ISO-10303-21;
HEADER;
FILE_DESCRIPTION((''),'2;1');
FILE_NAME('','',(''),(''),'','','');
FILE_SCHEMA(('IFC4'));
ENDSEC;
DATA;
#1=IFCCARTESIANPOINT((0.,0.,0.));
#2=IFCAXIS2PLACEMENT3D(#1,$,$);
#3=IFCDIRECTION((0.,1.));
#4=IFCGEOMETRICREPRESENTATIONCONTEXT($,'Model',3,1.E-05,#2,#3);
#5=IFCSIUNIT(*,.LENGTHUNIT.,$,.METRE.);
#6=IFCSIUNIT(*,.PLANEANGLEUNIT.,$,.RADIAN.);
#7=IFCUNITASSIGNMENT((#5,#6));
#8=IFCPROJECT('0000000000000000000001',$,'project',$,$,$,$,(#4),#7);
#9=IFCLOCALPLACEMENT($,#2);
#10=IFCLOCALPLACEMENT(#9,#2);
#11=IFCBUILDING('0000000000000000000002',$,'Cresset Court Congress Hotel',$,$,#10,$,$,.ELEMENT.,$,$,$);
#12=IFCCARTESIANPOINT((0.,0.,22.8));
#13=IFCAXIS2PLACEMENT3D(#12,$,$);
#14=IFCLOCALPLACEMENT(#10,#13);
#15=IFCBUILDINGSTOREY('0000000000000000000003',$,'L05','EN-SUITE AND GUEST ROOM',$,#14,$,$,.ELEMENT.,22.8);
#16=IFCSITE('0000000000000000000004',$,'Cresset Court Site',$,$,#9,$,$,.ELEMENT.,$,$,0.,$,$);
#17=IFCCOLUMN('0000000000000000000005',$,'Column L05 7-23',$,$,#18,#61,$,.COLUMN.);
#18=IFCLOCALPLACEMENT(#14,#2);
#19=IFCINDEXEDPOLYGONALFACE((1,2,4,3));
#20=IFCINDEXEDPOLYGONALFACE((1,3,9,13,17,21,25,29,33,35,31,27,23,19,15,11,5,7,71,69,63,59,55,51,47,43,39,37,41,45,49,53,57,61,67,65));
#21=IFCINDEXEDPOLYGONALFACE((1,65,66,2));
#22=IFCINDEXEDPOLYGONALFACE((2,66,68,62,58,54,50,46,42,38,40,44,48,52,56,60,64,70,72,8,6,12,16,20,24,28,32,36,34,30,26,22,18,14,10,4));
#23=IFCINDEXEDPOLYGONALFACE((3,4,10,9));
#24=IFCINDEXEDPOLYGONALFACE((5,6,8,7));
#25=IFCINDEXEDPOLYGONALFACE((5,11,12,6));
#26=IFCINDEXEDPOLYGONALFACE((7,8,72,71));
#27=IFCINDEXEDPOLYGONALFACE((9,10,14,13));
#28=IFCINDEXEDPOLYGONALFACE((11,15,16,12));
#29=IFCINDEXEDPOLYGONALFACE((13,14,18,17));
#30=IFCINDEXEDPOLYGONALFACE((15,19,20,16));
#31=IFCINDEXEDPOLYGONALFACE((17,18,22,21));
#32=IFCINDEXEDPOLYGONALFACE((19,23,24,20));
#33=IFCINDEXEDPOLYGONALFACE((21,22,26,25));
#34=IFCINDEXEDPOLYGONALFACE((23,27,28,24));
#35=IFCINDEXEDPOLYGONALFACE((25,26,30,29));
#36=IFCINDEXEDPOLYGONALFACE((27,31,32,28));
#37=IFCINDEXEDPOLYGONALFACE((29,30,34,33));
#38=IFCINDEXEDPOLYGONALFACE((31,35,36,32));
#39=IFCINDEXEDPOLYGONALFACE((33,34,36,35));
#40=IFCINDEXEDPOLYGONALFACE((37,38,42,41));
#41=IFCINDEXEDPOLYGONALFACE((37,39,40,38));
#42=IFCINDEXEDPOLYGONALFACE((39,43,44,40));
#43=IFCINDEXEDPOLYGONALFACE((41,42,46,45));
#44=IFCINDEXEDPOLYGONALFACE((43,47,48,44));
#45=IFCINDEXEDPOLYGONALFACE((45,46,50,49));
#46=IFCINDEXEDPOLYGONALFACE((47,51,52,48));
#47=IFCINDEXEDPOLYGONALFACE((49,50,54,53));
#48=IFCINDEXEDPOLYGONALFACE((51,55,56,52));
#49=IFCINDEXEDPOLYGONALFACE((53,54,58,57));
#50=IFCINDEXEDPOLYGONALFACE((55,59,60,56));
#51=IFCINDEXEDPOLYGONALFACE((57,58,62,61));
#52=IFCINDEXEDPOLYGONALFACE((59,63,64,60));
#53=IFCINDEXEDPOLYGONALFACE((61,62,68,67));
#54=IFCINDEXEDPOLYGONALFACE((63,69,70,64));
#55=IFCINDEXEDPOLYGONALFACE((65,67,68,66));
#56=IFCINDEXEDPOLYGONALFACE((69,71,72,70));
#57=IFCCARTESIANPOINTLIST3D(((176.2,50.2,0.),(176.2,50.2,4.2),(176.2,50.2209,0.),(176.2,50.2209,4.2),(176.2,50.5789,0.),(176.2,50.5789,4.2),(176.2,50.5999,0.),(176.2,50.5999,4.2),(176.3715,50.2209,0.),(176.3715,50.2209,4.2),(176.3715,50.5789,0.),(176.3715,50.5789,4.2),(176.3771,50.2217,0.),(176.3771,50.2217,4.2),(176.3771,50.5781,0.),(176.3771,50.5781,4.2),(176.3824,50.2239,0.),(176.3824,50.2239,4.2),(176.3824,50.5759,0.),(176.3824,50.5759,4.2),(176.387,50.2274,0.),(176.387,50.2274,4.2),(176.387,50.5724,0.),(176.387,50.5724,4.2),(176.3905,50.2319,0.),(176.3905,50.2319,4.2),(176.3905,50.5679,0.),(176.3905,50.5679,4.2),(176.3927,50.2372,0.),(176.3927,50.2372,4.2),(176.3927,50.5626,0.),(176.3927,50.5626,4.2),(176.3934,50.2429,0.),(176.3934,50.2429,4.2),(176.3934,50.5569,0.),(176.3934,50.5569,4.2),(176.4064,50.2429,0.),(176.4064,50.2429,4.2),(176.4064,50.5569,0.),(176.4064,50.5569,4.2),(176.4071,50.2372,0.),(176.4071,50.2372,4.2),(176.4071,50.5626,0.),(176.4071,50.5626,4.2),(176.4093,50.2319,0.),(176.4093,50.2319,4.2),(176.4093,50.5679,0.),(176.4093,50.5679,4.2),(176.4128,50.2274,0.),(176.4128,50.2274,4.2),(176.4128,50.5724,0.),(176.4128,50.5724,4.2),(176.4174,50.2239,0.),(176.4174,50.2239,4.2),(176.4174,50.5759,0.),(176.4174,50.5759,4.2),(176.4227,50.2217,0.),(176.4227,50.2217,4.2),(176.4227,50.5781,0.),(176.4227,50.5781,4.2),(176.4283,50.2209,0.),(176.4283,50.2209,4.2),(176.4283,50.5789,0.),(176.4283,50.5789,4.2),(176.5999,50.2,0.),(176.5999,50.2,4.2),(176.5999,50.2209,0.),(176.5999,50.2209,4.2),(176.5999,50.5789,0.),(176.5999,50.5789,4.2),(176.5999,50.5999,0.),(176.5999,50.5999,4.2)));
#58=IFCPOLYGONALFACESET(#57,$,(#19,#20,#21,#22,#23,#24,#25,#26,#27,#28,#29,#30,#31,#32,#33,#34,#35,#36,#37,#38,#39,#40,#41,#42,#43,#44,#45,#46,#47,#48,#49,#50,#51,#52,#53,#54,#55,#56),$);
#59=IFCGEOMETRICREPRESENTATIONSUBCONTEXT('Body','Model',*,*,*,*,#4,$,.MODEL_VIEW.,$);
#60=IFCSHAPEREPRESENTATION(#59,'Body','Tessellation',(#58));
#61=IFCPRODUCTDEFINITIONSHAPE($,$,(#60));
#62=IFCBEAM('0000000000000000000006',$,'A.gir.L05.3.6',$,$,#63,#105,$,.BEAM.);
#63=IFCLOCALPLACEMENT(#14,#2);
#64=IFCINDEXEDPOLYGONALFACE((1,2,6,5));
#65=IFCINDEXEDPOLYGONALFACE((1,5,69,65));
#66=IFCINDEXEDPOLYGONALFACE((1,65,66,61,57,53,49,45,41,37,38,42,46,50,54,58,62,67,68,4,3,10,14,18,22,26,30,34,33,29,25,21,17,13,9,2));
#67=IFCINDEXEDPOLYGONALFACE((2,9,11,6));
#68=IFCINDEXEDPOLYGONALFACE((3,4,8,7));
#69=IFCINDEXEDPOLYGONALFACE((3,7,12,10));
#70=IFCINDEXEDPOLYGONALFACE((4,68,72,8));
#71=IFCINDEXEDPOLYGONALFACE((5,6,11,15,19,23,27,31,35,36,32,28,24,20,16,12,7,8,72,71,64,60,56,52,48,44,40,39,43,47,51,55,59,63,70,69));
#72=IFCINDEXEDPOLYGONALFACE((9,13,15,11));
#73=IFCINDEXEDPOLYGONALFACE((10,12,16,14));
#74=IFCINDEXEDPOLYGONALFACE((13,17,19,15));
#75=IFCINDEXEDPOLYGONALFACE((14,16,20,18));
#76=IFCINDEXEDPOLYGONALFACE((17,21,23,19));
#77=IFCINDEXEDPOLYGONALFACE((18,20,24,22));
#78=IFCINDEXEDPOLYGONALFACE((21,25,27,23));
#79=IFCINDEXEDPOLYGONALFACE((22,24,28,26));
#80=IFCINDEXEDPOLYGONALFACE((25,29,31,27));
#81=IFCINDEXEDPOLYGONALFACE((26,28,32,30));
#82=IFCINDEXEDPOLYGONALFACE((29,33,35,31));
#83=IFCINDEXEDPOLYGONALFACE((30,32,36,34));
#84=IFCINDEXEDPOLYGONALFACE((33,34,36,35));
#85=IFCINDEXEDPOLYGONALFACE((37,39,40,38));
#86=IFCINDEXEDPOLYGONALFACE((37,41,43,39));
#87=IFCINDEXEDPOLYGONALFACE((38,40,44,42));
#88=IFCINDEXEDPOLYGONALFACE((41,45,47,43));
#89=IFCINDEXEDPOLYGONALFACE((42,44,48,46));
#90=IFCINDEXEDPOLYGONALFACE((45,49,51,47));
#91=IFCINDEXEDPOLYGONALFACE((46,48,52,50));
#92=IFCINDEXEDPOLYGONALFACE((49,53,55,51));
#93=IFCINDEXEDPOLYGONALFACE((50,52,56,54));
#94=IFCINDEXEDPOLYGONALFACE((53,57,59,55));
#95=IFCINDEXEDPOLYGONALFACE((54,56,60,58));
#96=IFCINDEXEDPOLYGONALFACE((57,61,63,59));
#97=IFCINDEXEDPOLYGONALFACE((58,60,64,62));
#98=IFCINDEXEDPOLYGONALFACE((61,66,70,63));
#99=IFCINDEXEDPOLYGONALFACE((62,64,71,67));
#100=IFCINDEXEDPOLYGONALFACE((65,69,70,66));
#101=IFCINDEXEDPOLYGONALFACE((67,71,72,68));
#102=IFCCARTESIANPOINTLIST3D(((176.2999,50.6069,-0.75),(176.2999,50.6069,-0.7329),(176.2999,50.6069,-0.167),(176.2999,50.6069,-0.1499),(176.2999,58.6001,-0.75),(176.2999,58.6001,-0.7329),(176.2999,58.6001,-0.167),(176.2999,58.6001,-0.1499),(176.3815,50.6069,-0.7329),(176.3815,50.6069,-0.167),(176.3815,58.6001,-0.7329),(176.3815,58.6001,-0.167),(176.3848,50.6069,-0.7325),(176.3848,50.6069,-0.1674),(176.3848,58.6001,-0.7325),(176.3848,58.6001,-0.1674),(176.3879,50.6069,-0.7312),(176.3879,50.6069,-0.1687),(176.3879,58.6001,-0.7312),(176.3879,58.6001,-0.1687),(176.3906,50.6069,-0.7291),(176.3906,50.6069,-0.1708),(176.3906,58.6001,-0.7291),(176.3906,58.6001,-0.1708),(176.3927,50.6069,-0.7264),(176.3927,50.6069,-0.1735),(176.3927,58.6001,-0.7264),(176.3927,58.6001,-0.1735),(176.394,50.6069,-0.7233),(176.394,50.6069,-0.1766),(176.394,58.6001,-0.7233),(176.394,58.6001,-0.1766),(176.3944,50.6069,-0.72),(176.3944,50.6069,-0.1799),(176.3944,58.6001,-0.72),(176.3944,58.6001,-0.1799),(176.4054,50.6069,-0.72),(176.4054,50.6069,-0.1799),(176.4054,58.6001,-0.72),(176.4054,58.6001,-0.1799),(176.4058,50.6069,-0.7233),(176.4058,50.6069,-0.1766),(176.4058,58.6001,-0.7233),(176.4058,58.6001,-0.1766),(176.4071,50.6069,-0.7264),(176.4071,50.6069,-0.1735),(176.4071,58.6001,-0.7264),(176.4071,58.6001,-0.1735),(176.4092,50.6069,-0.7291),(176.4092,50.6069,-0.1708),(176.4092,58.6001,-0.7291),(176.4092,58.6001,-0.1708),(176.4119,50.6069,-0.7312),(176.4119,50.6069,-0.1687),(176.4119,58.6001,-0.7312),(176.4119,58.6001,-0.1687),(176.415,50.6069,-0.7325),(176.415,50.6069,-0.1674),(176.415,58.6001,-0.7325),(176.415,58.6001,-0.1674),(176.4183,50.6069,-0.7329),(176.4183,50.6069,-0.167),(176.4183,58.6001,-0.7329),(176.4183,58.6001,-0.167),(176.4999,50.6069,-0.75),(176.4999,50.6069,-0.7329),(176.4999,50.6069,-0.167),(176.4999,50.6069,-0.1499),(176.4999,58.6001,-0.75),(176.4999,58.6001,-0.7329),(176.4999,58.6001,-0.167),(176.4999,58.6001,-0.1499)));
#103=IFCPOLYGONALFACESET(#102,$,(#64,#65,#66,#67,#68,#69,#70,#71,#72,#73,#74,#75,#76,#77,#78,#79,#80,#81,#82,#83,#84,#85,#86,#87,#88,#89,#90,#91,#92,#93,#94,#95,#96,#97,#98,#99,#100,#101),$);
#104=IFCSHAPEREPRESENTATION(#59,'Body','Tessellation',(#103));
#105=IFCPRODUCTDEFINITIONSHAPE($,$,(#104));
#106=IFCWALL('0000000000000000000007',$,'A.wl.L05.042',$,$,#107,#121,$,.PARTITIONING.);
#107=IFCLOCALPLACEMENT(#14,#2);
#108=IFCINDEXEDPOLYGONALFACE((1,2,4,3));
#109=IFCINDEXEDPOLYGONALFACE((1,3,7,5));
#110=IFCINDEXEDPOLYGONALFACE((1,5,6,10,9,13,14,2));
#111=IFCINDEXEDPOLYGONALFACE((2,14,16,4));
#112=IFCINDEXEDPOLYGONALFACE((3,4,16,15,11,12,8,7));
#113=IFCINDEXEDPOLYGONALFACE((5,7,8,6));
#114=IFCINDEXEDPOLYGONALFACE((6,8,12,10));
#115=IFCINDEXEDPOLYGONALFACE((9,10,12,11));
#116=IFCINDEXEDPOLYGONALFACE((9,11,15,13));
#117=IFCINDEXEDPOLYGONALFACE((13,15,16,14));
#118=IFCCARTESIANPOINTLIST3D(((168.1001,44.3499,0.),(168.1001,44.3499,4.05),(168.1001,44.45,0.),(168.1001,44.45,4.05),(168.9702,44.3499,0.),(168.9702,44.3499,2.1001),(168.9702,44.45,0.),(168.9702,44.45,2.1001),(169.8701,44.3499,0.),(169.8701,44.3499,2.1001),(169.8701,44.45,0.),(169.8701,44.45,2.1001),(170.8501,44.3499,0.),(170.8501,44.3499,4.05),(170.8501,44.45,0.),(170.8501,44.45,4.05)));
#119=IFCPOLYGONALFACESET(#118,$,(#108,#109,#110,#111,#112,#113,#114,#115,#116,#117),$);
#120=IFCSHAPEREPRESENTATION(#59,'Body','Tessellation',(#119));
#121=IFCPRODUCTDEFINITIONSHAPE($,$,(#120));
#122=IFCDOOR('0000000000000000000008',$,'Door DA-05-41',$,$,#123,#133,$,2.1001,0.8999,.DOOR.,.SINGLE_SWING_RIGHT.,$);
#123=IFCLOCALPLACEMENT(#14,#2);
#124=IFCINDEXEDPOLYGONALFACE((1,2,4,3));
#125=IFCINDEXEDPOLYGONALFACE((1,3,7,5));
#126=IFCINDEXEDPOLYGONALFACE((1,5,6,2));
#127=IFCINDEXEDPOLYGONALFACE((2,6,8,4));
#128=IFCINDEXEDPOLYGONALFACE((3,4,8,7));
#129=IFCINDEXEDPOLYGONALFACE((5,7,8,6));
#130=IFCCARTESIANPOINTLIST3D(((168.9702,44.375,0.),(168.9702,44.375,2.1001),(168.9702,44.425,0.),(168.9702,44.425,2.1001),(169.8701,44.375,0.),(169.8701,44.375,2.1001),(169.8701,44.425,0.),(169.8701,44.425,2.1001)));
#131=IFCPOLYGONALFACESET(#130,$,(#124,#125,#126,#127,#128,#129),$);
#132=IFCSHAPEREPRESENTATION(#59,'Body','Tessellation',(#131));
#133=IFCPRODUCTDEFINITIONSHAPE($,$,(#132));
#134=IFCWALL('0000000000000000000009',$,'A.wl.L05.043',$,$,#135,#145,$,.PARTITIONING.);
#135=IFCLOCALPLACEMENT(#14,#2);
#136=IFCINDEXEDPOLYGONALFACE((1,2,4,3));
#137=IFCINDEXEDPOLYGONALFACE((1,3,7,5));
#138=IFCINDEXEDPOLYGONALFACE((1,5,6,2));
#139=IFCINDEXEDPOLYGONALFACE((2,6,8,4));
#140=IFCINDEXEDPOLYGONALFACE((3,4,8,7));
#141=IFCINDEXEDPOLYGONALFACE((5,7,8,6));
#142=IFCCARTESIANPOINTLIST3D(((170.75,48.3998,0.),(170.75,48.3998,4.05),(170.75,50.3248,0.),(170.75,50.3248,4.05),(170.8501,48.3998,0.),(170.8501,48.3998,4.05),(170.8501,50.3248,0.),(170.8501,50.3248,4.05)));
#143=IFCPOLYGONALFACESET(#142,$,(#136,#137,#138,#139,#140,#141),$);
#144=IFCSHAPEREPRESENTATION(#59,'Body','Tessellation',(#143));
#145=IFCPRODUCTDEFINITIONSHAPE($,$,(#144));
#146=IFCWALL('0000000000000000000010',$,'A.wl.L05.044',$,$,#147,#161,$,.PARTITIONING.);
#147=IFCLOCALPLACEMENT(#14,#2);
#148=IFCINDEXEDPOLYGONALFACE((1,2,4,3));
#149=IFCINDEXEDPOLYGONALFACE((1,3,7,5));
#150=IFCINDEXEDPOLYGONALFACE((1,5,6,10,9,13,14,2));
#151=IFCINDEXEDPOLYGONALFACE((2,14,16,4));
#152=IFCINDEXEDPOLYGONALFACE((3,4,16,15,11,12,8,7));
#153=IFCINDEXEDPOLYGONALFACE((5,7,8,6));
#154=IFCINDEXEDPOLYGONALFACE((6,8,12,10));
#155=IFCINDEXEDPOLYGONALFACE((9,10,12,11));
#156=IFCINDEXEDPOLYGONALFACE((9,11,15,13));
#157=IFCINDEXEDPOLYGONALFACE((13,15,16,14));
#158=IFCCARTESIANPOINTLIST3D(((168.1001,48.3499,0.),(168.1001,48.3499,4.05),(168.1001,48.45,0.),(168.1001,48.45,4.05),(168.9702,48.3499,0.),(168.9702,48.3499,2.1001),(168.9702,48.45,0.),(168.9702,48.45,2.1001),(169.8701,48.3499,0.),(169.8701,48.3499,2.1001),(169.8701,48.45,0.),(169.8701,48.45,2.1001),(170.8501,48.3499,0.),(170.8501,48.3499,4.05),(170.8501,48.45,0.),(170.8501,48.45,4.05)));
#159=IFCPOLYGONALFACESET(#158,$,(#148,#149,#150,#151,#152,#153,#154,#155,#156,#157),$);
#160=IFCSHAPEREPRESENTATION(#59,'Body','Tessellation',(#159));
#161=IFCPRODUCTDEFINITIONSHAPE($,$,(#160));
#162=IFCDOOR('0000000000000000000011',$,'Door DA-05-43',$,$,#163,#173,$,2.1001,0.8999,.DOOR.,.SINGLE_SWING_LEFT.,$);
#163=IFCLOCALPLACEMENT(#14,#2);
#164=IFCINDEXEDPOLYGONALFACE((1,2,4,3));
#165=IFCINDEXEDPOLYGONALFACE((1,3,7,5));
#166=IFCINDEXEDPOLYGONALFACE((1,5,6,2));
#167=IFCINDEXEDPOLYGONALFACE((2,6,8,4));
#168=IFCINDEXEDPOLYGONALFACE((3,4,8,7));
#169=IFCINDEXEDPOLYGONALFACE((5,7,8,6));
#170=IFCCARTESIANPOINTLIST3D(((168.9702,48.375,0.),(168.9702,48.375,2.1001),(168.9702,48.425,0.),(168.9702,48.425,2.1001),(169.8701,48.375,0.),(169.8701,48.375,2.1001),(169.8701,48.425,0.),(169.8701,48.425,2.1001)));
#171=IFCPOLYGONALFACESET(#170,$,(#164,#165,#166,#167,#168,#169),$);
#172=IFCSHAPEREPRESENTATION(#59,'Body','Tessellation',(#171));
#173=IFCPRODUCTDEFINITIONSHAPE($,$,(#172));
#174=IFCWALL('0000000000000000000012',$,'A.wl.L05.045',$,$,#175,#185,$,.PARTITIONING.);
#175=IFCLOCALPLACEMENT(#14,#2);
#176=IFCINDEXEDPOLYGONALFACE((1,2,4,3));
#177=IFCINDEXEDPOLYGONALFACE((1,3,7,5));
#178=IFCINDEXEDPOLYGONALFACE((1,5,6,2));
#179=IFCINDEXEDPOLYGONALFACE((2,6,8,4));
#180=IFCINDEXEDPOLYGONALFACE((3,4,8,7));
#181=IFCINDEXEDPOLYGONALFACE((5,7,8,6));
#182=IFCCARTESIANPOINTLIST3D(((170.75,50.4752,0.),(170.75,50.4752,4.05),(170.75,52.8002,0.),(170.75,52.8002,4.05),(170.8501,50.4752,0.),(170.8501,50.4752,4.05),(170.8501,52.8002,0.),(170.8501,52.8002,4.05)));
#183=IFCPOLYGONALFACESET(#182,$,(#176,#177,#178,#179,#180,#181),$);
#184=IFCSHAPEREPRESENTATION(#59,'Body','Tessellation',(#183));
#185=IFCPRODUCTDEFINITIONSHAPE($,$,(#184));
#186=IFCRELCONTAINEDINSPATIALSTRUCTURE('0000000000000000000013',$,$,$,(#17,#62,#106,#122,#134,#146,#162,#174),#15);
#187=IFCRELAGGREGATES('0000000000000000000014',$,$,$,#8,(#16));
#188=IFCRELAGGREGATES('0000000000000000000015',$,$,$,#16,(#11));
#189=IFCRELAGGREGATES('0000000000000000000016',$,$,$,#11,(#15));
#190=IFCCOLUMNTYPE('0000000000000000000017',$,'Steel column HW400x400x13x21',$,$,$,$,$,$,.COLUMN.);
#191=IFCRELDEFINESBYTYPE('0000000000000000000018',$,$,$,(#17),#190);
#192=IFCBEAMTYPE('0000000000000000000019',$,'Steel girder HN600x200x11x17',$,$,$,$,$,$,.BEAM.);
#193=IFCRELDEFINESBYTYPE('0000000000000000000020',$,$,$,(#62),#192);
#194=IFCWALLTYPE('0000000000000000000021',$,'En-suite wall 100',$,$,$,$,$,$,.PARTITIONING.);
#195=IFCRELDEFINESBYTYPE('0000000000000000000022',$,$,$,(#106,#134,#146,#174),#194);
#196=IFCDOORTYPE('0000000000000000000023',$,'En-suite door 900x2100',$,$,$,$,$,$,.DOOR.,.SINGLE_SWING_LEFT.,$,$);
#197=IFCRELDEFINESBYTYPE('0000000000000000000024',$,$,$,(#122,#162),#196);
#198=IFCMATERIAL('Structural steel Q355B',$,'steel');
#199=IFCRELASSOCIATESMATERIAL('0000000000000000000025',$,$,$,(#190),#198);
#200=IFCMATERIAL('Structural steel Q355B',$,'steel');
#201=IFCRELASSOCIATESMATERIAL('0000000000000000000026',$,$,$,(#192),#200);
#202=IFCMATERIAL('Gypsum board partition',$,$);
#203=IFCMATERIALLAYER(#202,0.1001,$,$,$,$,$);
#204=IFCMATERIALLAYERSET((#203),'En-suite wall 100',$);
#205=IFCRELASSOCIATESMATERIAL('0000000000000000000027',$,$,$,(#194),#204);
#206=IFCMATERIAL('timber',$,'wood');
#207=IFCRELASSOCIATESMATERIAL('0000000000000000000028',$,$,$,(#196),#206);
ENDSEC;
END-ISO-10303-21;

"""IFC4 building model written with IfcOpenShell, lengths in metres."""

from ifc_helpers import new_model, si_unit, direction, frame, frame_2d, origin, origin_2d, place, context, subcontext, project, spatial, rectangle, i_section, extrude, material, layer, layer_set, material_profile, profile_set, type_object, element, fill, save


model = new_model("IFC4")

# Units and contexts
model_context = context("Model", 3, precision=1e-05, world=origin(), true_north=direction((0.0, 1.0)))
body_context = subcontext(model_context, "Body", "Model", "MODEL_VIEW")
ifc_project = project(units=[si_unit("LENGTHUNIT", "METRE"), si_unit("PLANEANGLEUNIT", "RADIAN")], contexts=[model_context])

# Site, building, storey
site_placement = place(None, origin())
site = spatial("IfcSite", under=ifc_project, at=site_placement, Name="Cresset Court Site", CompositionType="ELEMENT", RefElevation=0.0)
building_placement = place(site_placement, origin())
building = spatial("IfcBuilding", under=site, at=building_placement, Name="Cresset Court Congress Hotel", CompositionType="ELEMENT")
storey_placement = place(building_placement, frame((0.0, 0.0, 22.8)))
storey = spatial("IfcBuildingStorey", under=building, at=storey_placement, Name="L05", Description="EN-SUITE AND GUEST ROOM", CompositionType="ELEMENT", Elevation=22.8)

# Column
ifc_material_1 = material(Name="Structural steel Q355B", Category="steel")
ifc_material_profile_1 = material_profile(ifc_material_1, i_section(OverallWidth=0.3999, OverallDepth=0.3999, WebThickness=0.0129, FlangeThickness=0.021, FilletRadius=0.022, at=origin_2d()), Name="HW400x400x13x21")
ifc_profile_set_1 = profile_set([ifc_material_profile_1], Name="Structural steel Q355B")
column_type = type_object("IfcColumnType", Name="Steel column HW400x400x13x21", PredefinedType="COLUMN", material=ifc_profile_set_1)
column_placement = place(storey_placement, frame((176.3999, 50.3999, 0.0), z_axis=(0.0, 0.0, 1.0), x_axis=(1.0, 0.0, 0.0)))
element("IfcColumn", 1, at=column_placement, inside=storey, type_object=column_type, Name="Column L05 7-23", PredefinedType="COLUMN", context=body_context, shape_type="SweptSolid", body=[
    extrude(i_section(OverallWidth=0.3999, OverallDepth=0.3999, WebThickness=0.0129, FlangeThickness=0.021, FilletRadius=0.022, at=origin_2d()), origin(), (0.0, 0.0, 1.0), 4.2),
])

# Beam
ifc_material_2 = material(Name="Structural steel Q355B", Category="steel")
ifc_material_profile_2 = material_profile(ifc_material_2, i_section(OverallWidth=0.2, OverallDepth=0.6001, WebThickness=0.011, FlangeThickness=0.0171, FilletRadius=0.0129, at=origin_2d()), Name="HN600x200x11x17")
ifc_profile_set_2 = profile_set([ifc_material_profile_2], Name="Structural steel Q355B")
beam_type = type_object("IfcBeamType", Name="Steel girder HN600x200x11x17", PredefinedType="BEAM", material=ifc_profile_set_2)
beam_placement = place(storey_placement, frame((176.3999, 50.6069, -0.45), z_axis=(0.0, 1.0, 0.0), x_axis=(-1.0, 0.0, 0.0)))
element("IfcBeam", 2, at=beam_placement, inside=storey, type_object=beam_type, Name="A.gir.L05.3.6", PredefinedType="BEAM", context=body_context, shape_type="SweptSolid", body=[
    extrude(i_section(OverallWidth=0.2, OverallDepth=0.6001, WebThickness=0.011, FlangeThickness=0.0171, FilletRadius=0.0129, at=origin_2d()), origin(), (0.0, 0.0, 1.0), 7.9932),
])

# Wall, opening, door
ifc_material_3 = material(Name="Gypsum board partition")
ifc_layer = layer(ifc_material_3, 0.1001)
ifc_layer_set = layer_set([ifc_layer], Name="En-suite wall 100")
wall_type = type_object("IfcWallType", Name="En-suite wall 100", PredefinedType="PARTITIONING", material=ifc_layer_set)
wall_1_placement = place(storey_placement, frame((170.8501, 44.3999, 0.0), z_axis=(0.0, 0.0, 1.0), x_axis=(-1.0, 0.0, 0.0)))
wall_1 = element("IfcWall", 3, at=wall_1_placement, inside=storey, type_object=wall_type, Name="A.wl.L05.042", PredefinedType="PARTITIONING", context=body_context, shape_type="SweptSolid", body=[
    extrude(rectangle(XDim=2.75, YDim=0.1001, at=frame_2d((1.375, 0.0))), origin(), (0.0, 0.0, 1.0), 4.05),
])
opening_1_placement = place(wall_1_placement, frame((0.98, 0.0, 0.0)))
opening_1 = element("IfcOpeningElement", 4, at=opening_1_placement, cuts=wall_1, PredefinedType="OPENING", context=body_context, shape_type="SweptSolid", body=[
    extrude(rectangle(XDim=0.8999, YDim=2.1001, at=frame_2d((0.45, 1.05))), frame((0.0, 0.0601, 0.0), z_axis=(0.0, -1.0, 0.0), x_axis=(1.0, 0.0, 0.0)), (0.0, 0.0, 1.0), 0.1201),
])
ifc_material_4 = material(Name="timber", Category="wood")
door_type = type_object("IfcDoorType", Name="En-suite door 900x2100", OperationType="SINGLE_SWING_LEFT", PredefinedType="DOOR", material=ifc_material_4)
door_1_placement = place(opening_1_placement, origin())
door_1 = element("IfcDoor", 5, at=door_1_placement, inside=storey, type_object=door_type, Name="Door DA-05-41", OperationType="SINGLE_SWING_RIGHT", OverallHeight=2.1001, OverallWidth=0.8999, PredefinedType="DOOR", context=body_context, shape_type="SweptSolid", body=[
    extrude(rectangle(XDim=0.8999, YDim=2.1001, at=frame_2d((0.45, 1.05))), frame((0.0, 0.0249, 0.0), z_axis=(0.0, -1.0, 0.0), x_axis=(1.0, 0.0, 0.0)), (0.0, 0.0, 1.0), 0.05),
])
fill(opening_1, door_1)

# Wall
wall_2_placement = place(storey_placement, frame((170.8, 48.3999, 0.0), z_axis=(0.0, 0.0, 1.0), x_axis=(0.0, 1.0, 0.0)))
element("IfcWall", 6, at=wall_2_placement, inside=storey, type_object=wall_type, Name="A.wl.L05.043", PredefinedType="PARTITIONING", context=body_context, shape_type="SweptSolid", body=[
    extrude(rectangle(XDim=1.925, YDim=0.1001, at=frame_2d((0.9624, 0.0))), origin(), (0.0, 0.0, 1.0), 4.05),
])

# Wall, opening, door
wall_3_placement = place(storey_placement, frame((170.8501, 48.3999, 0.0), z_axis=(0.0, 0.0, 1.0), x_axis=(-1.0, 0.0, 0.0)))
wall_3 = element("IfcWall", 7, at=wall_3_placement, inside=storey, type_object=wall_type, Name="A.wl.L05.044", PredefinedType="PARTITIONING", context=body_context, shape_type="SweptSolid", body=[
    extrude(rectangle(XDim=2.75, YDim=0.1001, at=frame_2d((1.375, 0.0))), origin(), (0.0, 0.0, 1.0), 4.05),
])
opening_2_placement = place(wall_3_placement, frame((0.98, 0.0, 0.0)))
opening_2 = element("IfcOpeningElement", 8, at=opening_2_placement, cuts=wall_3, PredefinedType="OPENING", context=body_context, shape_type="SweptSolid", body=[
    extrude(rectangle(XDim=0.8999, YDim=2.1001, at=frame_2d((0.45, 1.05))), frame((0.0, 0.0601, 0.0), z_axis=(0.0, -1.0, 0.0), x_axis=(1.0, 0.0, 0.0)), (0.0, 0.0, 1.0), 0.1201),
])
door_2_placement = place(opening_2_placement, origin())
door_2 = element("IfcDoor", 9, at=door_2_placement, inside=storey, type_object=door_type, Name="Door DA-05-43", OperationType="SINGLE_SWING_LEFT", OverallHeight=2.1001, OverallWidth=0.8999, PredefinedType="DOOR", context=body_context, shape_type="SweptSolid", body=[
    extrude(rectangle(XDim=0.8999, YDim=2.1001, at=frame_2d((0.45, 1.05))), frame((0.0, 0.0249, 0.0), z_axis=(0.0, -1.0, 0.0), x_axis=(1.0, 0.0, 0.0)), (0.0, 0.0, 1.0), 0.05),
])
fill(opening_2, door_2)

# Wall
wall_4_placement = place(storey_placement, frame((170.8, 50.4751, 0.0), z_axis=(0.0, 0.0, 1.0), x_axis=(0.0, 1.0, 0.0)))
element("IfcWall", 10, at=wall_4_placement, inside=storey, type_object=wall_type, Name="A.wl.L05.045", PredefinedType="PARTITIONING", context=body_context, shape_type="SweptSolid", body=[
    extrude(rectangle(XDim=2.325, YDim=0.1001, at=frame_2d((1.1626, 0.0))), origin(), (0.0, 0.0, 1.0), 4.05),
])

save(model, "model.ifc")
